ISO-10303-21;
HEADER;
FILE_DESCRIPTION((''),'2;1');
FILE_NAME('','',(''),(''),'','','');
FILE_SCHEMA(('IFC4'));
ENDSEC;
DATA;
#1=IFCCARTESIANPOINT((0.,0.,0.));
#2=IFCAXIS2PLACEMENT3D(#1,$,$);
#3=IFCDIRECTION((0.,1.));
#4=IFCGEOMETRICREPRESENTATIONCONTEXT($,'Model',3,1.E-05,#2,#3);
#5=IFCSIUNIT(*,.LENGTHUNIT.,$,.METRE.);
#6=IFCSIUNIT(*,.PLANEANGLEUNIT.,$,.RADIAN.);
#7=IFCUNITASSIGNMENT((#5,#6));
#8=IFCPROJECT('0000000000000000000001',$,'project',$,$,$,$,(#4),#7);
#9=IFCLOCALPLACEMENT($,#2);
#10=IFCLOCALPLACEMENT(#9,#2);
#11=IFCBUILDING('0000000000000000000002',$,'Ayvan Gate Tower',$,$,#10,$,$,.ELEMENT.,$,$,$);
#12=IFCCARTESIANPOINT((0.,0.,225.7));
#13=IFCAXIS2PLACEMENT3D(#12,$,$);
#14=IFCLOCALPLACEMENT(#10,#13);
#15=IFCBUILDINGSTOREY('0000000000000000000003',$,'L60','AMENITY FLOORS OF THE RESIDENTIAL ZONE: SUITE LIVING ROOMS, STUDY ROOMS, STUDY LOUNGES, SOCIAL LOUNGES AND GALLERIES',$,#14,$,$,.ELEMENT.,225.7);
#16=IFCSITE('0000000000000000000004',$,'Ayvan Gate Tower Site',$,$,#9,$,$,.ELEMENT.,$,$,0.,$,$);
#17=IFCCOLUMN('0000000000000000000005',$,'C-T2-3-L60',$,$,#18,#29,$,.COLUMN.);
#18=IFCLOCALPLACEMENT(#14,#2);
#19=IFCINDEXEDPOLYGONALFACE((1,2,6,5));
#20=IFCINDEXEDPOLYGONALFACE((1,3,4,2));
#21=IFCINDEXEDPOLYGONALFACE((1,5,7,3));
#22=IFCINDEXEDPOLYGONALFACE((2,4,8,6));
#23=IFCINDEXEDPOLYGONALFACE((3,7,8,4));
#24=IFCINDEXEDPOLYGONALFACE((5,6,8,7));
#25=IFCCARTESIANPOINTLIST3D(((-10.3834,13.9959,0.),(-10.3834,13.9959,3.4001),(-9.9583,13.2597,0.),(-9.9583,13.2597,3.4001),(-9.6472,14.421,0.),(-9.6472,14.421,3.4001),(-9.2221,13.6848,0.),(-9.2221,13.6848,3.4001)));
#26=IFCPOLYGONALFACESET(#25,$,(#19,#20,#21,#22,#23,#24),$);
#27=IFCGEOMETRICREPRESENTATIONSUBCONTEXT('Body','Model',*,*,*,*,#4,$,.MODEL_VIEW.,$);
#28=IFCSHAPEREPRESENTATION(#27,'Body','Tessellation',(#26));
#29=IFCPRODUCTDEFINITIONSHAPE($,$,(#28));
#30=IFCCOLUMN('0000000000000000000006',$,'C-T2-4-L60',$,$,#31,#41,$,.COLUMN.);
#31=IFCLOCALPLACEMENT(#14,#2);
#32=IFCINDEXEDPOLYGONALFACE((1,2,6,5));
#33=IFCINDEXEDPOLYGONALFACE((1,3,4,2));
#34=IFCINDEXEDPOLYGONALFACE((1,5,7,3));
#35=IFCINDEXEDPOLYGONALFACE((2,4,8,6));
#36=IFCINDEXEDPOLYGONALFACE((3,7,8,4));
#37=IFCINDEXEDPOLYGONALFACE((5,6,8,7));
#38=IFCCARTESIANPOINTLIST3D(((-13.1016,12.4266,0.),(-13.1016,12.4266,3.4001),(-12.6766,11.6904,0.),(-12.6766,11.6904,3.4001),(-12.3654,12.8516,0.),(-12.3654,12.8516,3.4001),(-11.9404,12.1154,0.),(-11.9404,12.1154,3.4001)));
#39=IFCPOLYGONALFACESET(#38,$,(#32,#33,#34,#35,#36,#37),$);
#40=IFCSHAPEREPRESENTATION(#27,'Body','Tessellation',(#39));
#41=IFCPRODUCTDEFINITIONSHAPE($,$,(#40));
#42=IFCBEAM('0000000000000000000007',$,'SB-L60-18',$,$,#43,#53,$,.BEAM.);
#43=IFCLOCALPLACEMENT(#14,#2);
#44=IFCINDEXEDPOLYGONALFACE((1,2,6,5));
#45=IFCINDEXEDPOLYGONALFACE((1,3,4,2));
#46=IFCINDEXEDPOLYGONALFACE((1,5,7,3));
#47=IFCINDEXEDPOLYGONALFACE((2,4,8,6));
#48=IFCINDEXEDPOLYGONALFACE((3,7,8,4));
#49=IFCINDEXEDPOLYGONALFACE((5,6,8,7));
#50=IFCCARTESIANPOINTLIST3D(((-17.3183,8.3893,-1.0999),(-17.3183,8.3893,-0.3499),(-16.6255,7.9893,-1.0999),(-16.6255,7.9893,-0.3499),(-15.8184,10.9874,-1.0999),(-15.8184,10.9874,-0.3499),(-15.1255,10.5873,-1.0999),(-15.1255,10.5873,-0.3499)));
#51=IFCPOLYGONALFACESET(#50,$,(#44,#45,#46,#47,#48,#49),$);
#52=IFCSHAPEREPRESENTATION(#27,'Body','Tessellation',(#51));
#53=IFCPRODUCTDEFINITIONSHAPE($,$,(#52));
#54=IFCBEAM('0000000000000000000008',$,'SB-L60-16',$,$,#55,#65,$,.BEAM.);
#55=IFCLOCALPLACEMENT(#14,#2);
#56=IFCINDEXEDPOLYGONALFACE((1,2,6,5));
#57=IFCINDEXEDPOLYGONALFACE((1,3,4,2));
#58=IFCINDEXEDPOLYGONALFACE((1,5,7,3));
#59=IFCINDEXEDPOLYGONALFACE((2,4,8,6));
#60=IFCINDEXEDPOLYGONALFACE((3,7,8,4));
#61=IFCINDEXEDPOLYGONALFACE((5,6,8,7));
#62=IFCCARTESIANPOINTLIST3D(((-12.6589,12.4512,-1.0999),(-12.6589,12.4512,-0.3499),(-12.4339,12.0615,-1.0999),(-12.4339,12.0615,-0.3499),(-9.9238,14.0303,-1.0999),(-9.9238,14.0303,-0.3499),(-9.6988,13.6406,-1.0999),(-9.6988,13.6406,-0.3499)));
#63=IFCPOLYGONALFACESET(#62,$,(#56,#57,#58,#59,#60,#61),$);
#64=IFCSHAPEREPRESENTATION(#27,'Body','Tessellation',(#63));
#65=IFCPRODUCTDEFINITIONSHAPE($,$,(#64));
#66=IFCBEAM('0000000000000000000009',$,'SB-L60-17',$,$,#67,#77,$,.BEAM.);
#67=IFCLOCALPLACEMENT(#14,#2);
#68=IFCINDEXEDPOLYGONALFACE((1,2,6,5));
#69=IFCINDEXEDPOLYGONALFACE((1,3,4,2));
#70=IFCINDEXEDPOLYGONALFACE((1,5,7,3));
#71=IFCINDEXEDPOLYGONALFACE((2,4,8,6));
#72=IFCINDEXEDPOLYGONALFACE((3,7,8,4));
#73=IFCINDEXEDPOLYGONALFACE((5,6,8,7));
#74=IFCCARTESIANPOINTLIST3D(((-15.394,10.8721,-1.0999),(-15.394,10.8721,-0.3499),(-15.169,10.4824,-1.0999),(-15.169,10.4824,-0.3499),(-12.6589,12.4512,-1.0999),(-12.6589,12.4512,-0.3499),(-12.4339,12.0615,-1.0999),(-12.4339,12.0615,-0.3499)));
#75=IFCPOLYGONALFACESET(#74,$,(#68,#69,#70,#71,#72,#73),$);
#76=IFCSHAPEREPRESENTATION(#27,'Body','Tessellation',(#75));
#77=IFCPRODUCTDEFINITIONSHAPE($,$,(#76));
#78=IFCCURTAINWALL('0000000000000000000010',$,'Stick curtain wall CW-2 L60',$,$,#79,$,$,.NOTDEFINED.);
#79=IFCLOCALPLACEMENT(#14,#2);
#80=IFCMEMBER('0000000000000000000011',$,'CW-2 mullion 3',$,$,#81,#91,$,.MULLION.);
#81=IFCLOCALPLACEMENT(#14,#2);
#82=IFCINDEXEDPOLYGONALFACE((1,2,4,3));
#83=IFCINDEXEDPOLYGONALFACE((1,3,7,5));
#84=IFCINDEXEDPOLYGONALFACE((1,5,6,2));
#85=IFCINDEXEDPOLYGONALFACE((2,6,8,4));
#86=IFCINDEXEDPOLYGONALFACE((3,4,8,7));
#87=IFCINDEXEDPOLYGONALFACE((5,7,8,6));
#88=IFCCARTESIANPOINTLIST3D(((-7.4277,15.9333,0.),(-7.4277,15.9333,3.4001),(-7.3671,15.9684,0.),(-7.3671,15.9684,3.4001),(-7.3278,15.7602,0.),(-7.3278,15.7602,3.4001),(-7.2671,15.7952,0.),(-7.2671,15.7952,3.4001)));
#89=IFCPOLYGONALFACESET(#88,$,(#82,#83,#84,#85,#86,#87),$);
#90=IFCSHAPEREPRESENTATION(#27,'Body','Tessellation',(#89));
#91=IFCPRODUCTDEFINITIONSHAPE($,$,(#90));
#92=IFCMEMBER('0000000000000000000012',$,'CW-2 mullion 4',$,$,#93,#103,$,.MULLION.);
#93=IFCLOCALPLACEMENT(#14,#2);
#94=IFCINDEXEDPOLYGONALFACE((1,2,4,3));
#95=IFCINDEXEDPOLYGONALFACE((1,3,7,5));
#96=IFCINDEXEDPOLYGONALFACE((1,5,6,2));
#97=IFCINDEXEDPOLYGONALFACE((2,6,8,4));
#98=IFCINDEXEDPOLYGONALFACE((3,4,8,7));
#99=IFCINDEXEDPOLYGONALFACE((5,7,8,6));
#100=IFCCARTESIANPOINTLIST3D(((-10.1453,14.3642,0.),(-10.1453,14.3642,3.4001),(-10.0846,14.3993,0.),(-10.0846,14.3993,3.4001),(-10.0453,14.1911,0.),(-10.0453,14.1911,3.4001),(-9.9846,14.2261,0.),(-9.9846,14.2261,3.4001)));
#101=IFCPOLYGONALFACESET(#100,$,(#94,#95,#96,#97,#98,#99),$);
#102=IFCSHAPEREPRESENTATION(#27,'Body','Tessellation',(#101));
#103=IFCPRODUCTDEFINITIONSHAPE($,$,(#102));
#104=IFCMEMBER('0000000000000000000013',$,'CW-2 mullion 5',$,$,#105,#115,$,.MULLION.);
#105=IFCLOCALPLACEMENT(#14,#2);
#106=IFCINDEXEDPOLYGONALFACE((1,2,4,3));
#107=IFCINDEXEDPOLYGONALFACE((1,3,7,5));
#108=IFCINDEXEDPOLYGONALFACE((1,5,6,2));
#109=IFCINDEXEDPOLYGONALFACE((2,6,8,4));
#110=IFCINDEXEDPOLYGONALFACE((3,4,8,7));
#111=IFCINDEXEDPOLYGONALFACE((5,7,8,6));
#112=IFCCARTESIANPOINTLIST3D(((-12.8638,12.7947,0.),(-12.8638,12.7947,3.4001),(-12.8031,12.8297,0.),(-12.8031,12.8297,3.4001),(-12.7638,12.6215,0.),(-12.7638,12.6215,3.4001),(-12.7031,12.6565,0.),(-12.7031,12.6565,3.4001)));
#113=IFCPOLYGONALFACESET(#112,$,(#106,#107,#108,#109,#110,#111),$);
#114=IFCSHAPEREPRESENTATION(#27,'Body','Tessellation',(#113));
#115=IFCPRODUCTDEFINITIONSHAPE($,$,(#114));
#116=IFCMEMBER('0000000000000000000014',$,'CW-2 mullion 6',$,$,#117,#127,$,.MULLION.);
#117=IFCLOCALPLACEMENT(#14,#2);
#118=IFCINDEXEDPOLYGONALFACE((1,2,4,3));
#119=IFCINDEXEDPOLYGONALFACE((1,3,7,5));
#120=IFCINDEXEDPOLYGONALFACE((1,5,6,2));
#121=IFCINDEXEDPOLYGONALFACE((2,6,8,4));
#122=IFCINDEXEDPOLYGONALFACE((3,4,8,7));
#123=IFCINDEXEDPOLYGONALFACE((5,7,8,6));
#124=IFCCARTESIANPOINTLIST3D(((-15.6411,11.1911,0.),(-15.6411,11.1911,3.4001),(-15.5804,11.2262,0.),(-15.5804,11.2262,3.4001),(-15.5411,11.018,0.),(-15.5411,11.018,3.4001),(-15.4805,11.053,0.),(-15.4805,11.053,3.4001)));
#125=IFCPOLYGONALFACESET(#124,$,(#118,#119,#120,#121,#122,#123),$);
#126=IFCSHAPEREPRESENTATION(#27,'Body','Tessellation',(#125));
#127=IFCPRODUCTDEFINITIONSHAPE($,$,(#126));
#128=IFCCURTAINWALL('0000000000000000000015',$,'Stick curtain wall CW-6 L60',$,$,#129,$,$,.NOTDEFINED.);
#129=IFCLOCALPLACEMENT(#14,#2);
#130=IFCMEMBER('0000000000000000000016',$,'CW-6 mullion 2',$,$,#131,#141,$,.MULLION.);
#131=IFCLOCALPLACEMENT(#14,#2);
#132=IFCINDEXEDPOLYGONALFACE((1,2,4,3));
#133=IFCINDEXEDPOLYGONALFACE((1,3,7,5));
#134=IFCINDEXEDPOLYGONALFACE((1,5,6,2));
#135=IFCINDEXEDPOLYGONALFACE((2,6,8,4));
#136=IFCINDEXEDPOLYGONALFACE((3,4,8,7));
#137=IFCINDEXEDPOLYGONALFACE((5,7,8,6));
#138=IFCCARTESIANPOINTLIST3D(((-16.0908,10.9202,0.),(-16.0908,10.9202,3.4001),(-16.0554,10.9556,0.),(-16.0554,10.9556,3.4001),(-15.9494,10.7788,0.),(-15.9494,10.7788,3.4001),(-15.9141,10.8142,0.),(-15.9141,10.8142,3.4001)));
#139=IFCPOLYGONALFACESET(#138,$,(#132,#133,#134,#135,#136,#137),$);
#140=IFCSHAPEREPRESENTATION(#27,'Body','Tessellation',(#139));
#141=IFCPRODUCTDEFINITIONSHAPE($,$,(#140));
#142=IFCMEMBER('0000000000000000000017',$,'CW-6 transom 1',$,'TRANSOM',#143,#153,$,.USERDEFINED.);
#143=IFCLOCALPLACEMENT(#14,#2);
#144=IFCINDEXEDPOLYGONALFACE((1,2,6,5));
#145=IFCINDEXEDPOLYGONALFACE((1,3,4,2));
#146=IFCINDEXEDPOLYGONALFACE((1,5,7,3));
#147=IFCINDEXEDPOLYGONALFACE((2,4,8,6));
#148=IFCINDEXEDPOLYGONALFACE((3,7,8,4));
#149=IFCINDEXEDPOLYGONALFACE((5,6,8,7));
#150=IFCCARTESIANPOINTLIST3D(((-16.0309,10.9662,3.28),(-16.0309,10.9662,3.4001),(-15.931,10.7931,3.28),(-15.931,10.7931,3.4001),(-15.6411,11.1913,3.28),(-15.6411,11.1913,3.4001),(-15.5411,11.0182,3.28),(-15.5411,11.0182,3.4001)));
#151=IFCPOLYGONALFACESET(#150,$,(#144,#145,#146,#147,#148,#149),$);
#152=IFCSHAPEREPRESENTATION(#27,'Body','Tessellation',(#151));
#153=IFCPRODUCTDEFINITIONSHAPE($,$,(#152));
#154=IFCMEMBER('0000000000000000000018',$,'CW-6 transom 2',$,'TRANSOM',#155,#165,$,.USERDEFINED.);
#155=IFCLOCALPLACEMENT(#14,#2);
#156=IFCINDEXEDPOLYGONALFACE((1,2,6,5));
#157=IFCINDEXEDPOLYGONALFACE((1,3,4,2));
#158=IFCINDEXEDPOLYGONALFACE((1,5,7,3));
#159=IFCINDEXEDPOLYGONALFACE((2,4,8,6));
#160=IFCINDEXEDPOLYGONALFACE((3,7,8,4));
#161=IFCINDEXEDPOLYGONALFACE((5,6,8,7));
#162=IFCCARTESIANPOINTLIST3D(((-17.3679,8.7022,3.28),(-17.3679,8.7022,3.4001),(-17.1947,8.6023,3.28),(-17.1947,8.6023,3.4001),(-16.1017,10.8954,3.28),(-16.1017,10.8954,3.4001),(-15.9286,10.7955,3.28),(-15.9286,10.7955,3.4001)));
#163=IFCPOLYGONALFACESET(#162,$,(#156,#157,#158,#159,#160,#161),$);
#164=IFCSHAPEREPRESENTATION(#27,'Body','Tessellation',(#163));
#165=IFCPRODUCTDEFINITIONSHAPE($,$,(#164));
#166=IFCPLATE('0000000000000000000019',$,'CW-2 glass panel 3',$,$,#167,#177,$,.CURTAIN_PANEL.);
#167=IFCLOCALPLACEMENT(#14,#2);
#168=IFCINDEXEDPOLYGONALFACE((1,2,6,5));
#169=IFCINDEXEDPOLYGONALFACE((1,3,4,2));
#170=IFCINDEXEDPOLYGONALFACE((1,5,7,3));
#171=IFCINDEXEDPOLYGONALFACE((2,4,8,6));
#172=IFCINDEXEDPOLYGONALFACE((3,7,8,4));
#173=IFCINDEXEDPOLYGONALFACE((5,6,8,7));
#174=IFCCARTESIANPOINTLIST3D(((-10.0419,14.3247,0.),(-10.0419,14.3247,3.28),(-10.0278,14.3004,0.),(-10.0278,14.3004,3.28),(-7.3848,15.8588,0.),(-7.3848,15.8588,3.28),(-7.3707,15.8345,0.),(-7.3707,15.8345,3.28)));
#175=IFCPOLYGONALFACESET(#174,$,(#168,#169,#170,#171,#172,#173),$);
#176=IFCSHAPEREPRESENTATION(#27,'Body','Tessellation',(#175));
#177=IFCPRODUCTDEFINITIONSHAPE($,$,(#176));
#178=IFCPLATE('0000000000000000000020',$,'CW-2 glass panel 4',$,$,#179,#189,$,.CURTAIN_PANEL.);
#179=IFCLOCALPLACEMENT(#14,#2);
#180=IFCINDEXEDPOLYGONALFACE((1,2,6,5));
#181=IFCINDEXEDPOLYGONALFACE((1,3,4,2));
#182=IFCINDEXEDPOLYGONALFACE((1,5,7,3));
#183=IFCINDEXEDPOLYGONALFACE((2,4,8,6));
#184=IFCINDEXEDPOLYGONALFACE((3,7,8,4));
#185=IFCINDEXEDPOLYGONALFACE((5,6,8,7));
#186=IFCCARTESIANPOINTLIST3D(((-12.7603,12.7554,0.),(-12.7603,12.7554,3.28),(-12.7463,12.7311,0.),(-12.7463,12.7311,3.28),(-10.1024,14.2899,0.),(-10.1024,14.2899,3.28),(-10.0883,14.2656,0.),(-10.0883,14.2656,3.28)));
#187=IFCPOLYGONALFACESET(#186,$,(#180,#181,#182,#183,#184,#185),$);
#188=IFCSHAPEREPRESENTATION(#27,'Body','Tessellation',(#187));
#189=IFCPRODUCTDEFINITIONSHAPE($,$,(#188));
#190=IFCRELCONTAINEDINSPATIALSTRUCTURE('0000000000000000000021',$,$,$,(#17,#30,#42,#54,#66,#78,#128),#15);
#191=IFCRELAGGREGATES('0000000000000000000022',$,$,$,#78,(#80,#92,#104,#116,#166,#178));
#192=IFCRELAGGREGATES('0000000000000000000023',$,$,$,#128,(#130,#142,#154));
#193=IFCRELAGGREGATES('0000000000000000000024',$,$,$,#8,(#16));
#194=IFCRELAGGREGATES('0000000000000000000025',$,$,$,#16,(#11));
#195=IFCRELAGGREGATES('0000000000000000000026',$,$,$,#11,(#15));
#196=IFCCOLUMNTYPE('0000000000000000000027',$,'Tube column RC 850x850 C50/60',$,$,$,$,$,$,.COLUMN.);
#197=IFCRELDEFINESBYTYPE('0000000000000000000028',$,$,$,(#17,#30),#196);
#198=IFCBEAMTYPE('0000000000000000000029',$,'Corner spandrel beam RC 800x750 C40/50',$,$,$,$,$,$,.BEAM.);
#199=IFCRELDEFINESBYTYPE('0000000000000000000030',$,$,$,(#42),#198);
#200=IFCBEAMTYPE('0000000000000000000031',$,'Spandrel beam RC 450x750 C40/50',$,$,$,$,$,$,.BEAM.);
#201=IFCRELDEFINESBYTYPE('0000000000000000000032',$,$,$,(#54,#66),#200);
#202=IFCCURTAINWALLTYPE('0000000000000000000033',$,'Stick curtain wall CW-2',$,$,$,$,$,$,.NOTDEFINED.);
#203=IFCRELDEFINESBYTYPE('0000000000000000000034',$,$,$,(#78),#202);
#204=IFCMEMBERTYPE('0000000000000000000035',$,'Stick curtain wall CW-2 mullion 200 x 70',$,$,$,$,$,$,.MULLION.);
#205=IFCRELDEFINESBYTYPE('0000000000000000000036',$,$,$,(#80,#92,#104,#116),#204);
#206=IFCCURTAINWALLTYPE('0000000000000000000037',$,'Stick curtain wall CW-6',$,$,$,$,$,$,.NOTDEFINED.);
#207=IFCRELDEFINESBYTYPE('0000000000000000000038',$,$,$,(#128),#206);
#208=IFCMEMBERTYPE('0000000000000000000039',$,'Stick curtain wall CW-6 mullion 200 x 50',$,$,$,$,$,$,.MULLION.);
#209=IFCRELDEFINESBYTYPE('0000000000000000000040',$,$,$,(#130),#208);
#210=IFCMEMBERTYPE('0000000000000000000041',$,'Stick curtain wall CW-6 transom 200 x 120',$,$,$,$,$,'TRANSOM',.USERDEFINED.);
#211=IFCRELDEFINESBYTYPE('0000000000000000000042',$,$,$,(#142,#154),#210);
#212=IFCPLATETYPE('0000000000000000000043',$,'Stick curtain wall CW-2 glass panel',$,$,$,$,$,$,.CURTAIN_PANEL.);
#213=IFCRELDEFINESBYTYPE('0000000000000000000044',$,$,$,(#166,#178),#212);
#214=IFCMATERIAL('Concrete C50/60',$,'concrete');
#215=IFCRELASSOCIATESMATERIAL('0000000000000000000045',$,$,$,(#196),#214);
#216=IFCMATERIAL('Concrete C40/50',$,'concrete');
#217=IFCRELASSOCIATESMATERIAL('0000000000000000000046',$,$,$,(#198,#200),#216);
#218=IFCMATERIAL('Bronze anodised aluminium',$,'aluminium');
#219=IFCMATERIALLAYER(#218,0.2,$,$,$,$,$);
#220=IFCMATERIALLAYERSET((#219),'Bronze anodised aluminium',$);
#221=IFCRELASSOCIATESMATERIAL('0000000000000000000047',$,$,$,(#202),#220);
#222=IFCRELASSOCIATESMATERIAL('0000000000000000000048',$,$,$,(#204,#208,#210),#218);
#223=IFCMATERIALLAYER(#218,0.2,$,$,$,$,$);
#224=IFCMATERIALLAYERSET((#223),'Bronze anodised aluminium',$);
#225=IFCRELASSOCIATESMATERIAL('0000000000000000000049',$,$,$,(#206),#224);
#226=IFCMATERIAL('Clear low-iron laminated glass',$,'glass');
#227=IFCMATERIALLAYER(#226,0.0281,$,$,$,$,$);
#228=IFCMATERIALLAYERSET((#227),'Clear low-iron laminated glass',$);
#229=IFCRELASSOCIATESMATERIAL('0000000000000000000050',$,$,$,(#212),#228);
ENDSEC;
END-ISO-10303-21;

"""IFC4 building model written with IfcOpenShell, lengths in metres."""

from ifc_helpers import new_model, si_unit, direction, frame, origin, origin_2d, place, context, subcontext, project, spatial, rectangle, extrude, material, layer, layer_set, material_profile, profile_set, type_object, element, aggregate, save


model = new_model("IFC4")

# Units and contexts
model_context = context("Model", 3, precision=1e-05, world=origin(), true_north=direction((0.0, 1.0)))
body_context = subcontext(model_context, "Body", "Model", "MODEL_VIEW")
ifc_project = project(units=[si_unit("LENGTHUNIT", "METRE"), si_unit("PLANEANGLEUNIT", "RADIAN")], contexts=[model_context])

# Site, building, storey
site_placement = place(None, origin())
site = spatial("IfcSite", under=ifc_project, at=site_placement, Name="Ayvan Gate Tower Site", CompositionType="ELEMENT", RefElevation=0.0)
building_placement = place(site_placement, origin())
building = spatial("IfcBuilding", under=site, at=building_placement, Name="Ayvan Gate Tower", CompositionType="ELEMENT")
storey_placement = place(building_placement, frame((0.0, 0.0, 225.7)))
storey = spatial("IfcBuildingStorey", under=building, at=storey_placement, Name="L60", Description="AMENITY FLOORS OF THE RESIDENTIAL ZONE: SUITE LIVING ROOMS, STUDY ROOMS, STUDY LOUNGES, SOCIAL LOUNGES AND GALLERIES", CompositionType="ELEMENT", Elevation=225.7)

# Columns
ifc_material_1 = material(Name="Concrete C50/60", Category="concrete")
ifc_material_profile_1 = material_profile(ifc_material_1, rectangle(XDim=0.8501, YDim=0.8501, at=origin_2d()), Name="RC 850x850")
ifc_profile_set_1 = profile_set([ifc_material_profile_1], Name="Concrete C50/60")
column_type = type_object("IfcColumnType", Name="Tube column RC 850x850 C50/60", PredefinedType="COLUMN", material=ifc_profile_set_1)
for number, where, z_axis, x_axis, name in (
    (1, (-9.8027, 13.8403, 0.0), (0.0, 0.0, 1.0), (-0.5, 0.866025, 0.0), "C-T2-3-L60"),
    (2, (-12.521, 12.271, 0.0), (0.0, 0.0, 1.0), (-0.5, 0.866025, 0.0), "C-T2-4-L60"),
):
    element("IfcColumn", number, at=place(storey_placement, frame(where, z_axis=z_axis, x_axis=x_axis)), inside=storey, type_object=column_type, Name=name, PredefinedType="COLUMN", context=body_context, shape_type="SweptSolid", body=[
        extrude(rectangle(XDim=0.8501, YDim=0.8501, at=origin_2d()), origin(), (0.0, 0.0, 1.0), 3.4001),
    ])

# Beams
ifc_material_2 = material(Name="Concrete C40/50", Category="concrete")
ifc_material_profile_2 = material_profile(ifc_material_2, rectangle(XDim=0.8, YDim=0.75, at=origin_2d()), Name="RC 800x750")
ifc_profile_set_2 = profile_set([ifc_material_profile_2], Name="Concrete C40/50")
beam_type_1 = type_object("IfcBeamType", Name="Corner spandrel beam RC 800x750 C40/50", PredefinedType="BEAM", material=ifc_profile_set_2)
beam_placement = place(storey_placement, frame((-15.4719, 10.7874, -0.7249), z_axis=(-0.49999, -0.866031, 0.0), x_axis=(0.866031, -0.49999, 0.0)))
element("IfcBeam", 3, at=beam_placement, inside=storey, type_object=beam_type_1, Name="SB-L60-18", PredefinedType="BEAM", context=body_context, shape_type="SweptSolid", body=[
    extrude(rectangle(XDim=0.8, YDim=0.75, at=origin_2d()), origin(), (0.0, 0.0, 1.0), 3.0),
])
ifc_material_profile_3 = material_profile(ifc_material_2, rectangle(XDim=0.45, YDim=0.75, at=origin_2d()), Name="RC 450x750")
ifc_profile_set_3 = profile_set([ifc_material_profile_3], Name="Concrete C40/50")
beam_type_2 = type_object("IfcBeamType", Name="Spandrel beam RC 450x750 C40/50", PredefinedType="BEAM", material=ifc_profile_set_3)
for number, where, z_axis, x_axis, name in (
    (4, (-9.8113, 13.8354, -0.7249), (-0.866027, -0.499997, 0.0), (0.499997, -0.866027, 0.0), "SB-L60-16"),
    (5, (-12.5464, 12.2563, -0.7249), (-0.866027, -0.499997, 0.0), (0.499997, -0.866027, 0.0), "SB-L60-17"),
):
    element("IfcBeam", number, at=place(storey_placement, frame(where, z_axis=z_axis, x_axis=x_axis)), inside=storey, type_object=beam_type_2, Name=name, PredefinedType="BEAM", context=body_context, shape_type="SweptSolid", body=[
        extrude(rectangle(XDim=0.45, YDim=0.75, at=origin_2d()), origin(), (0.0, 0.0, 1.0), 3.1582),
    ])

# Curtain walls, members
ifc_material_3 = material(Name="Bronze anodised aluminium", Category="aluminium")
ifc_layer_1 = layer(ifc_material_3, 0.2)
ifc_layer_set_1 = layer_set([ifc_layer_1], Name="Bronze anodised aluminium")
curtain_wall_type_1 = type_object("IfcCurtainWallType", Name="Stick curtain wall CW-2", PredefinedType="NOTDEFINED", material=ifc_layer_set_1)
curtain_wall_1_placement = place(storey_placement, origin())
curtain_wall_1 = element("IfcCurtainWall", 6, at=curtain_wall_1_placement, inside=storey, type_object=curtain_wall_type_1, Name="Stick curtain wall CW-2 L60", PredefinedType="NOTDEFINED")
ifc_material_profile_4 = material_profile(ifc_material_3, rectangle(XDim=0.2, YDim=0.0701, at=origin_2d()), Name="Stick curtain wall CW-2 mullion 200 x 70")
ifc_profile_set_4 = profile_set([ifc_material_profile_4], Name="Bronze anodised aluminium")
member_type_1 = type_object("IfcMemberType", Name="Stick curtain wall CW-2 mullion 200 x 70", PredefinedType="MULLION", material=ifc_profile_set_4)
member_1_placement = place(storey_placement, frame((-7.3474, 15.8643, 0.0), z_axis=(0.0, 0.0, 1.0), x_axis=(-0.5, 0.866025, 0.0)))
member_1 = element("IfcMember", 7, at=member_1_placement, type_object=member_type_1, Name="CW-2 mullion 3", PredefinedType="MULLION", context=body_context, shape_type="SweptSolid", body=[
    extrude(rectangle(XDim=0.2, YDim=0.0701, at=origin_2d()), origin(), (0.0, 0.0, 1.0), 3.4001),
])
member_2_placement = place(storey_placement, frame((-10.0649, 14.2952, 0.0), z_axis=(0.0, 0.0, 1.0), x_axis=(-0.5, 0.866025, 0.0)))
member_2 = element("IfcMember", 8, at=member_2_placement, type_object=member_type_1, Name="CW-2 mullion 4", PredefinedType="MULLION", context=body_context, shape_type="SweptSolid", body=[
    extrude(rectangle(XDim=0.2, YDim=0.0701, at=origin_2d()), origin(), (0.0, 0.0, 1.0), 3.4001),
])
member_3_placement = place(storey_placement, frame((-12.7834, 12.7256, 0.0), z_axis=(0.0, 0.0, 1.0), x_axis=(-0.5, 0.866025, 0.0)))
member_3 = element("IfcMember", 9, at=member_3_placement, type_object=member_type_1, Name="CW-2 mullion 5", PredefinedType="MULLION", context=body_context, shape_type="SweptSolid", body=[
    extrude(rectangle(XDim=0.2, YDim=0.0701, at=origin_2d()), origin(), (0.0, 0.0, 1.0), 3.4001),
])
member_4_placement = place(storey_placement, frame((-15.5608, 11.1221, 0.0), z_axis=(0.0, 0.0, 1.0), x_axis=(-0.5, 0.866025, 0.0)))
member_4 = element("IfcMember", 10, at=member_4_placement, type_object=member_type_1, Name="CW-2 mullion 6", PredefinedType="MULLION", context=body_context, shape_type="SweptSolid", body=[
    extrude(rectangle(XDim=0.2, YDim=0.0701, at=origin_2d()), origin(), (0.0, 0.0, 1.0), 3.4001),
])
ifc_layer_2 = layer(ifc_material_3, 0.2)
ifc_layer_set_2 = layer_set([ifc_layer_2], Name="Bronze anodised aluminium")
curtain_wall_type_2 = type_object("IfcCurtainWallType", Name="Stick curtain wall CW-6", PredefinedType="NOTDEFINED", material=ifc_layer_set_2)
curtain_wall_2_placement = place(storey_placement, origin())
curtain_wall_2 = element("IfcCurtainWall", 11, at=curtain_wall_2_placement, inside=storey, type_object=curtain_wall_type_2, Name="Stick curtain wall CW-6 L60", PredefinedType="NOTDEFINED")
ifc_material_profile_5 = material_profile(ifc_material_3, rectangle(XDim=0.2, YDim=0.05, at=origin_2d()), Name="Stick curtain wall CW-6 mullion 200 x 50")
ifc_profile_set_5 = profile_set([ifc_material_profile_5], Name="Bronze anodised aluminium")
member_type_2 = type_object("IfcMemberType", Name="Stick curtain wall CW-6 mullion 200 x 50", PredefinedType="MULLION", material=ifc_profile_set_5)
member_5_placement = place(storey_placement, frame((-16.0024, 10.8672, 0.0), z_axis=(0.0, 0.0, 1.0), x_axis=(-0.707107, 0.707107, 0.0)))
member_5 = element("IfcMember", 12, at=member_5_placement, type_object=member_type_2, Name="CW-6 mullion 2", PredefinedType="MULLION", context=body_context, shape_type="SweptSolid", body=[
    extrude(rectangle(XDim=0.2, YDim=0.05, at=origin_2d()), origin(), (0.0, 0.0, 1.0), 3.4001),
])
ifc_material_profile_6 = material_profile(ifc_material_3, rectangle(XDim=0.2, YDim=0.1201, at=origin_2d()), Name="Stick curtain wall CW-6 transom 200 x 120")
ifc_profile_set_6 = profile_set([ifc_material_profile_6], Name="Bronze anodised aluminium")
member_type_3 = type_object("IfcMemberType", Name="Stick curtain wall CW-6 transom 200 x 120", ElementType="TRANSOM", PredefinedType="USERDEFINED", material=ifc_profile_set_6)
member_6_placement = place(storey_placement, frame((-15.5911, 11.1047, 3.3401), z_axis=(-0.866032, -0.499988, 0.0), x_axis=(0.499988, -0.866032, 0.0)))
member_6 = element("IfcMember", 13, at=member_6_placement, type_object=member_type_3, Name="CW-6 transom 1", ObjectType="TRANSOM", PredefinedType="USERDEFINED", context=body_context, shape_type="SweptSolid", body=[
    extrude(rectangle(XDim=0.2, YDim=0.1201, at=origin_2d()), origin(), (0.0, 0.0, 1.0), 0.4502),
])
member_7_placement = place(storey_placement, frame((-16.0151, 10.8455, 3.3401), z_axis=(-0.499976, -0.866039, 0.0), x_axis=(0.866039, -0.499976, 0.0)))
member_7 = element("IfcMember", 14, at=member_7_placement, type_object=member_type_3, Name="CW-6 transom 2", ObjectType="TRANSOM", PredefinedType="USERDEFINED", context=body_context, shape_type="SweptSolid", body=[
    extrude(rectangle(XDim=0.2, YDim=0.1201, at=origin_2d()), origin(), (0.0, 0.0, 1.0), 2.5325),
])

# Plates
ifc_material_4 = material(Name="Clear low-iron laminated glass", Category="glass")
ifc_layer_3 = layer(ifc_material_4, 0.0281)
ifc_layer_set_3 = layer_set([ifc_layer_3], Name="Clear low-iron laminated glass")
plate_type_1 = type_object("IfcPlateType", Name="Stick curtain wall CW-2 glass panel", PredefinedType="CURTAIN_PANEL", material=ifc_layer_set_3)
plate_1_placement = place(storey_placement, frame((-8.7063, 15.0796, 0.0), z_axis=(0.0, 0.0, 1.0), x_axis=(-0.866025, -0.5, 0.0)))
plate_1 = element("IfcPlate", 15, at=plate_1_placement, type_object=plate_type_1, Name="CW-2 glass panel 3", PredefinedType="CURTAIN_PANEL", context=body_context, shape_type="SweptSolid", body=[
    extrude(rectangle(XDim=3.0681, YDim=0.0281, at=origin_2d()), origin(), (0.0, 0.0, 1.0), 3.28),
])
plate_2_placement = place(storey_placement, frame((-11.4243, 13.5105, 0.0), z_axis=(0.0, 0.0, 1.0), x_axis=(-0.866025, -0.5, 0.0)))
plate_2 = element("IfcPlate", 16, at=plate_2_placement, type_object=plate_type_1, Name="CW-2 glass panel 4", PredefinedType="CURTAIN_PANEL", context=body_context, shape_type="SweptSolid", body=[
    extrude(rectangle(XDim=3.0691, YDim=0.0281, at=origin_2d()), origin(), (0.0, 0.0, 1.0), 3.28),
])
aggregate(curtain_wall_1, [member_1, member_2, member_3, member_4, plate_1, plate_2])
aggregate(curtain_wall_2, [member_5, member_6, member_7])

save(model, "model.ifc")
